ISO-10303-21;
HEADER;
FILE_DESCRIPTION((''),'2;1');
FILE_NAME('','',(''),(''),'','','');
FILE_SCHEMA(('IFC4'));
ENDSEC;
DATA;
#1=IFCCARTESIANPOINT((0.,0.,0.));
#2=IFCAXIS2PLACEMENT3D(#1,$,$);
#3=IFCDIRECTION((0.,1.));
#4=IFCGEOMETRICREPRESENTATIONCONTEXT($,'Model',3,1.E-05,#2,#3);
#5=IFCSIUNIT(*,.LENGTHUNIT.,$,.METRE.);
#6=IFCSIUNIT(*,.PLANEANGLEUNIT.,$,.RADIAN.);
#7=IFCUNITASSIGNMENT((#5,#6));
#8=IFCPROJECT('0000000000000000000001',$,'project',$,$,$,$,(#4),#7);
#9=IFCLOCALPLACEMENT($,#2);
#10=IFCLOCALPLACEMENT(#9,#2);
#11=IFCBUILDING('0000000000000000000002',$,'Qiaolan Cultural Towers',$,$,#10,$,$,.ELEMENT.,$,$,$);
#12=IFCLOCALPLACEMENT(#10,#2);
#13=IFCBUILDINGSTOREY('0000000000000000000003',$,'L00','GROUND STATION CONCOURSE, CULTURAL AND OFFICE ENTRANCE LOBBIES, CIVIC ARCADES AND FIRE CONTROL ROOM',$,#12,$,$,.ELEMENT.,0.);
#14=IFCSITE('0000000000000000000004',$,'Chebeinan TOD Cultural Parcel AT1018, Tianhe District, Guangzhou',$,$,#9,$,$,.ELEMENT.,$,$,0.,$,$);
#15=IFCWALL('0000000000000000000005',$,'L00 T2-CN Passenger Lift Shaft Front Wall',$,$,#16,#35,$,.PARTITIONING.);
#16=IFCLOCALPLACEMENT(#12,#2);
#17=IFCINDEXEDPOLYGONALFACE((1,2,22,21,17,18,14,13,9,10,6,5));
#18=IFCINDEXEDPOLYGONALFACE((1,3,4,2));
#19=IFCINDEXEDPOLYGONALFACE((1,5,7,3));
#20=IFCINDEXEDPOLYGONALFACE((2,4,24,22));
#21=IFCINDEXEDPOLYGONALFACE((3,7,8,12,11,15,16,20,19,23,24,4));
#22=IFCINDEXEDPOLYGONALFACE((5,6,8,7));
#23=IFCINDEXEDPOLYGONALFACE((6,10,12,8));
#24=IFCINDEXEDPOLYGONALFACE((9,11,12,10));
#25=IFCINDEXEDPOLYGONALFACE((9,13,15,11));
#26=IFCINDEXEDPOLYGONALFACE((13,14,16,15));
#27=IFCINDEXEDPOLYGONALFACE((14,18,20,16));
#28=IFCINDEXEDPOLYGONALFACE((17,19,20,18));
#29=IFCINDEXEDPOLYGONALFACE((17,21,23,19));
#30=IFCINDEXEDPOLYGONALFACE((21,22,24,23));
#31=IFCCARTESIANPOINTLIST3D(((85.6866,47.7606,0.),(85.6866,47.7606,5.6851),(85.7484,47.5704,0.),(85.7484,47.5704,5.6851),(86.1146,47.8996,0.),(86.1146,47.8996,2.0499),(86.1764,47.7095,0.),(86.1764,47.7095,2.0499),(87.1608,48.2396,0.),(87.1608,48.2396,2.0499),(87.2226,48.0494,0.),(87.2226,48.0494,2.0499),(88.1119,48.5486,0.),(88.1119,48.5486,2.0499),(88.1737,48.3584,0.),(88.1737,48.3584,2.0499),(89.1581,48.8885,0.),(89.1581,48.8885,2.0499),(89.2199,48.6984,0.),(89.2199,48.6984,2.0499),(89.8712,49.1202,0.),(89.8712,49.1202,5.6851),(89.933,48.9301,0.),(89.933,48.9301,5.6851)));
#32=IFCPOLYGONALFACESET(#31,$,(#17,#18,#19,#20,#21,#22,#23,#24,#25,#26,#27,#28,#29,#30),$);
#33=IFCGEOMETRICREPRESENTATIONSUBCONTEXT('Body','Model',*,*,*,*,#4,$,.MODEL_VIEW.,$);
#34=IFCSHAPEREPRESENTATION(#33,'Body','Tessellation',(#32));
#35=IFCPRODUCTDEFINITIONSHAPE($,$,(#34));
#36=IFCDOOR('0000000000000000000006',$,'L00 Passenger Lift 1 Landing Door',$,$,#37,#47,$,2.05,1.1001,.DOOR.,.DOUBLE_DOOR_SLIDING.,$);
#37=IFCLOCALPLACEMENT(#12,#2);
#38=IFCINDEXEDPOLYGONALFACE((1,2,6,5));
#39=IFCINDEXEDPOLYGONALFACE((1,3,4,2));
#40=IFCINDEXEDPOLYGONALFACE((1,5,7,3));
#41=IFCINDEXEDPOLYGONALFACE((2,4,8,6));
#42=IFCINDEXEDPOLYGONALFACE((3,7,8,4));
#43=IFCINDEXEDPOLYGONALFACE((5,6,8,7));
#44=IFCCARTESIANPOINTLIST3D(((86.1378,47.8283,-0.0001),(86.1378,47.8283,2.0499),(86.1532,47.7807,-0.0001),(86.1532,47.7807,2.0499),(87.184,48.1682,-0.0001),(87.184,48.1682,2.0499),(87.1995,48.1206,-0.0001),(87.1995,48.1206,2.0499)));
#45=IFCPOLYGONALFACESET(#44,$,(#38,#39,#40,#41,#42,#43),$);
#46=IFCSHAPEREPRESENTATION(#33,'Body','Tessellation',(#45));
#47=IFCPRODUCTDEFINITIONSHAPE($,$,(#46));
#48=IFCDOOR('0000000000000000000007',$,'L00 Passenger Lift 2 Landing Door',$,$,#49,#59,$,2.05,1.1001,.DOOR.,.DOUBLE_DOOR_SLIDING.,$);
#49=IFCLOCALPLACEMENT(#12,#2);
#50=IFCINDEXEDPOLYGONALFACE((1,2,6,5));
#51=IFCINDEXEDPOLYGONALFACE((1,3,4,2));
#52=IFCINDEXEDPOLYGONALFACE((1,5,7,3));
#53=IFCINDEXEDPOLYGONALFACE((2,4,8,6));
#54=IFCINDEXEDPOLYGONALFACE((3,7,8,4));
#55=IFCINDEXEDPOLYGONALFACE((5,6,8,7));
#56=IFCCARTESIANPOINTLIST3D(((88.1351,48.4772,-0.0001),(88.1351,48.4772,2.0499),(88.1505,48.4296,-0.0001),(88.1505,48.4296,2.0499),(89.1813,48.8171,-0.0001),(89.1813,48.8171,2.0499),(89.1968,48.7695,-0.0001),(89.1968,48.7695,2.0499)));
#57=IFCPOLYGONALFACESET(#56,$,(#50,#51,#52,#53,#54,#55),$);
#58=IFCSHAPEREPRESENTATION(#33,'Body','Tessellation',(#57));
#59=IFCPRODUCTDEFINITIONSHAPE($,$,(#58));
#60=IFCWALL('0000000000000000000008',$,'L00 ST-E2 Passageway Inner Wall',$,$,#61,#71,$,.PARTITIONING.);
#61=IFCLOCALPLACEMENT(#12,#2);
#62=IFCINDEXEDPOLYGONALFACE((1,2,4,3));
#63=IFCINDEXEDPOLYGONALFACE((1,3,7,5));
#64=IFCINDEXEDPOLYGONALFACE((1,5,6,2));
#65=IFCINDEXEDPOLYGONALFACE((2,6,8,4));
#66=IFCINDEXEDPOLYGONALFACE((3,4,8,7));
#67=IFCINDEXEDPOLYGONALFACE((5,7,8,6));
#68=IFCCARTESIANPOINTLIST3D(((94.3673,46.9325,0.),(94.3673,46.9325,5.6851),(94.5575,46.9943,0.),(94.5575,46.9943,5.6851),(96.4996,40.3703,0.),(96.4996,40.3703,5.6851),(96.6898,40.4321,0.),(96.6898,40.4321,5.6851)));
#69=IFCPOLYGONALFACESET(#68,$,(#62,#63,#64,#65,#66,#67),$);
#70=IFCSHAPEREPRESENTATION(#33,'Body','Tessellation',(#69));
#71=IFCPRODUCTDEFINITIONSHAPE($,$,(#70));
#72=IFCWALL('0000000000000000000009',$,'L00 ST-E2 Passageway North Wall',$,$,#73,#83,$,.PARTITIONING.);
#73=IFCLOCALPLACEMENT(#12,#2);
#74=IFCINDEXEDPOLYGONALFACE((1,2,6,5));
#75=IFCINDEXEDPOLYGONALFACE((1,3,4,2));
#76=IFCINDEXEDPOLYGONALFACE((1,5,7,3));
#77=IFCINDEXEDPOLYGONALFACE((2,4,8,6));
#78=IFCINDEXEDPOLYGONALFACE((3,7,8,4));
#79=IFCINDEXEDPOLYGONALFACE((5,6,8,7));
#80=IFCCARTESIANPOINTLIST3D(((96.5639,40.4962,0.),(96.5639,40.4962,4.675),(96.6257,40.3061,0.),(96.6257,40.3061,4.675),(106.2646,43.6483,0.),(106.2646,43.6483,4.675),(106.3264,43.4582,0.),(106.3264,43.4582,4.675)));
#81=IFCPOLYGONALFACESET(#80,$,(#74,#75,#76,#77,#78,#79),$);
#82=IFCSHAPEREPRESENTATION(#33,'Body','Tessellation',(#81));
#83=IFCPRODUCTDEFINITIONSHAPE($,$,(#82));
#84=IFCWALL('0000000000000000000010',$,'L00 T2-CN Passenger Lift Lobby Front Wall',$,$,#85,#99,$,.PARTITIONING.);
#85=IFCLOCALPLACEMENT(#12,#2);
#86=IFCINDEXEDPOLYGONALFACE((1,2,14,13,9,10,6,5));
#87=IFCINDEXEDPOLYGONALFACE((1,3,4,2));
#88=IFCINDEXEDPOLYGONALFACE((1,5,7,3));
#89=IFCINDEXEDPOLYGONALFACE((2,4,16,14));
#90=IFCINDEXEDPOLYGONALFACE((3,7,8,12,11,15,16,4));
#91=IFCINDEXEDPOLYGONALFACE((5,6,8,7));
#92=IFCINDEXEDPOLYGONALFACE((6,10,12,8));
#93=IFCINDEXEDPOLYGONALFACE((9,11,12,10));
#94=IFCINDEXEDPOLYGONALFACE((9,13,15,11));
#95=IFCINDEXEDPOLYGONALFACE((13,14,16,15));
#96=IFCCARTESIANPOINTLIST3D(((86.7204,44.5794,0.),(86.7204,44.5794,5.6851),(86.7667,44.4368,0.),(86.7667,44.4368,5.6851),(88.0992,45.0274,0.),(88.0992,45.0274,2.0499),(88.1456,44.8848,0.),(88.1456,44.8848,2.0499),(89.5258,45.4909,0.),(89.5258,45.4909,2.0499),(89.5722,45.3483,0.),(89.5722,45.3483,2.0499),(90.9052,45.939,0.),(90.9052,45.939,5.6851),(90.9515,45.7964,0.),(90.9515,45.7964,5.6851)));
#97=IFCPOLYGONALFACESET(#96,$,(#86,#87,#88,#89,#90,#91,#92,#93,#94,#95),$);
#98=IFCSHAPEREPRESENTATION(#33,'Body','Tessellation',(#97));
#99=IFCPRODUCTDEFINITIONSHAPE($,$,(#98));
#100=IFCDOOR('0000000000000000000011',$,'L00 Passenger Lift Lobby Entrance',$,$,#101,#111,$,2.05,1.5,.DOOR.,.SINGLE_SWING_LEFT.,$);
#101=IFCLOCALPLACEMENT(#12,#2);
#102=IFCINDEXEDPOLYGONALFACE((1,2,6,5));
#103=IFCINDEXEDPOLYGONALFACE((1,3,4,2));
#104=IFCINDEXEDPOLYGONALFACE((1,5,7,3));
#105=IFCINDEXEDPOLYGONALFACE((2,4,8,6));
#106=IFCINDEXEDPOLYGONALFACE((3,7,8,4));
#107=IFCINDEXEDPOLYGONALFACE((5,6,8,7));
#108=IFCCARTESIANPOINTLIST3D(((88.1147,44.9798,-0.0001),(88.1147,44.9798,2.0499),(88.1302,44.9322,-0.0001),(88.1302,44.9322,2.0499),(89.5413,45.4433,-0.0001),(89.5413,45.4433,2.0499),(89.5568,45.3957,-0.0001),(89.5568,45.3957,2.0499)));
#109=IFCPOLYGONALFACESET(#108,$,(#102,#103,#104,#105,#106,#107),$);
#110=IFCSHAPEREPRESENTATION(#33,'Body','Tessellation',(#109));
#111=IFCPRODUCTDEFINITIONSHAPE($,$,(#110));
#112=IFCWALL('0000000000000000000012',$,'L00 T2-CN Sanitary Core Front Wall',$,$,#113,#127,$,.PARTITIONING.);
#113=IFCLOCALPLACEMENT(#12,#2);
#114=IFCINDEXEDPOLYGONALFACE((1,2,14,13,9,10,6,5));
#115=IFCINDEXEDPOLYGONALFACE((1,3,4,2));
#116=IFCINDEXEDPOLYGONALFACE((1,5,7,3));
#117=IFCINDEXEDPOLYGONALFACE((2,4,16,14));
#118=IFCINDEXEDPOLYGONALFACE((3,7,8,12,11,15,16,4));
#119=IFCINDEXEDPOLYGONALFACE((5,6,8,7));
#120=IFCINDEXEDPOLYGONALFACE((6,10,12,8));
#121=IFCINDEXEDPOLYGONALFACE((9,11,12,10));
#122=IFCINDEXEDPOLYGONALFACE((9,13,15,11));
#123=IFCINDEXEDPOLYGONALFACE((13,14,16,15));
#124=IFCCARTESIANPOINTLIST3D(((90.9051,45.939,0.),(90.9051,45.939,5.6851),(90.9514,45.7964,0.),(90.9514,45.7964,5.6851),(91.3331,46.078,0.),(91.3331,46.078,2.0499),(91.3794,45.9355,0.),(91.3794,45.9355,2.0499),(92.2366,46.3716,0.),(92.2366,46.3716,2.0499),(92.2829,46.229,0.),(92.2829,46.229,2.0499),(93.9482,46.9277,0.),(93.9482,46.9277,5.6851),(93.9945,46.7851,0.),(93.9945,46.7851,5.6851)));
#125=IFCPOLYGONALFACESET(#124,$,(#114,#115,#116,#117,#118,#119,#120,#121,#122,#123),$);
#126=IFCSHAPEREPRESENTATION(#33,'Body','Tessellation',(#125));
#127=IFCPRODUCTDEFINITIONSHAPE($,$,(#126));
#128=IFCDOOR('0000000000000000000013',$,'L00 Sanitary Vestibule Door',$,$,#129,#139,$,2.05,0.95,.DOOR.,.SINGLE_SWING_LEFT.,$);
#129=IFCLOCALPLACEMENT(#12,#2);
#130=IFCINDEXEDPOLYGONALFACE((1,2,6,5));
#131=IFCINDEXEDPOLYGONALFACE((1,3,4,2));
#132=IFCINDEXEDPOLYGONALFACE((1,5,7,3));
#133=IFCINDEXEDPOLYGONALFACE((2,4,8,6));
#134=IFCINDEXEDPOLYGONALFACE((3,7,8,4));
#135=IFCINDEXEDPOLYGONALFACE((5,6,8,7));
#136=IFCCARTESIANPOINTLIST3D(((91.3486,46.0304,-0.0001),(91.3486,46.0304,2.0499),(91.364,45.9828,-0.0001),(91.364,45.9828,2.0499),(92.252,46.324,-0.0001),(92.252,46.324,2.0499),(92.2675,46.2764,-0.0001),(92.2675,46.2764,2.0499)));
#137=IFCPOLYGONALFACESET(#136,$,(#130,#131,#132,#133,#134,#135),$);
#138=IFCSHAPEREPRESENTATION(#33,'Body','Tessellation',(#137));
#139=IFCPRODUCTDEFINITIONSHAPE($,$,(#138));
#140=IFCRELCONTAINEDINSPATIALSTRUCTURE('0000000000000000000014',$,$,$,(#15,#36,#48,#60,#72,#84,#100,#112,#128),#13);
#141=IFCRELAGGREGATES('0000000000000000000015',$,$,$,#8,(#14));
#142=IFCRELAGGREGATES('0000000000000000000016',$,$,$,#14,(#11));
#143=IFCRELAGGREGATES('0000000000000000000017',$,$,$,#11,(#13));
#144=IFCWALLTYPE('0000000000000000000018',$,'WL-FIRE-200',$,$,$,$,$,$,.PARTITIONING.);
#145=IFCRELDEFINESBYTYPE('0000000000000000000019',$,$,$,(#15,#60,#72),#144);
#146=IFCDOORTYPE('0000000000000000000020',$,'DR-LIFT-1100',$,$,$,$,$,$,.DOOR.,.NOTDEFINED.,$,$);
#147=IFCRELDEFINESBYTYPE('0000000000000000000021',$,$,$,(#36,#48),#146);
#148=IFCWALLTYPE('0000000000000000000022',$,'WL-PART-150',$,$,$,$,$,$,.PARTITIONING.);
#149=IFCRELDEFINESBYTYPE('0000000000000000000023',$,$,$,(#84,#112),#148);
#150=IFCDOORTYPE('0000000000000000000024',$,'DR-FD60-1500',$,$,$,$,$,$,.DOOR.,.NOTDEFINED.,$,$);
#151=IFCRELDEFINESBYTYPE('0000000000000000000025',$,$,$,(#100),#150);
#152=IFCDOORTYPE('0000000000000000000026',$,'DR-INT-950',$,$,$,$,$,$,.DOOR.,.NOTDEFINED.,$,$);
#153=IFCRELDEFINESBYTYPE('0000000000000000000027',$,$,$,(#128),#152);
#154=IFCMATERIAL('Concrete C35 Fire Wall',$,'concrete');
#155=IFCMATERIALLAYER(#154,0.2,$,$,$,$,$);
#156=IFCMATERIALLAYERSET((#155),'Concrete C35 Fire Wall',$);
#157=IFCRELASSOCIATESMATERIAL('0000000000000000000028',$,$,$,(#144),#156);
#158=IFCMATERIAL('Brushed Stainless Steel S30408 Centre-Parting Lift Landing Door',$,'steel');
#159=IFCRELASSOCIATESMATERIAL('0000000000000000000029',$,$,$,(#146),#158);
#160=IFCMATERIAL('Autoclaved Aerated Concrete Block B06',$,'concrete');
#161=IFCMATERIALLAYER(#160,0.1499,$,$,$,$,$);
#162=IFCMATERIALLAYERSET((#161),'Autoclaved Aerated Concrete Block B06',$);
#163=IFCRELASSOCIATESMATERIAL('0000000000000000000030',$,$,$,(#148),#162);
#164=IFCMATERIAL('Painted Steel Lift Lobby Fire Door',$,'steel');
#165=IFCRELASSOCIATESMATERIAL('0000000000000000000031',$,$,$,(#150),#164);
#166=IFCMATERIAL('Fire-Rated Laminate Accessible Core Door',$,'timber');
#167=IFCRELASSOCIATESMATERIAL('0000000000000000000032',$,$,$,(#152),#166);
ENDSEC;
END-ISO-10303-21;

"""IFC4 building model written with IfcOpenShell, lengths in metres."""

from ifc_helpers import new_model, si_unit, direction, frame, frame_2d, origin, place, context, subcontext, project, spatial, rectangle, extrude, material, layer, layer_set, type_object, element, fill, save


model = new_model("IFC4")

# Units and contexts
model_context = context("Model", 3, precision=1e-05, world=origin(), true_north=direction((0.0, 1.0)))
body_context = subcontext(model_context, "Body", "Model", "MODEL_VIEW")
ifc_project = project(units=[si_unit("LENGTHUNIT", "METRE"), si_unit("PLANEANGLEUNIT", "RADIAN")], contexts=[model_context])

# Site, building, storey
site_placement = place(None, origin())
site = spatial("IfcSite", under=ifc_project, at=site_placement, Name="Chebeinan TOD Cultural Parcel AT1018, Tianhe District, Guangzhou", CompositionType="ELEMENT", RefElevation=0.0)
building_placement = place(site_placement, origin())
building = spatial("IfcBuilding", under=site, at=building_placement, Name="Qiaolan Cultural Towers", CompositionType="ELEMENT")
storey_placement = place(building_placement, origin())
storey = spatial("IfcBuildingStorey", under=building, at=storey_placement, Name="L00", Description="GROUND STATION CONCOURSE, CULTURAL AND OFFICE ENTRANCE LOBBIES, CIVIC ARCADES AND FIRE CONTROL ROOM", CompositionType="ELEMENT", Elevation=0.0)

# Shared definitions
ifc_material_1 = material(Name="Concrete C35 Fire Wall", Category="concrete")
ifc_layer_1 = layer(ifc_material_1, 0.2)
ifc_layer_set_1 = layer_set([ifc_layer_1], Name="Concrete C35 Fire Wall")
wall_type_1 = type_object("IfcWallType", Name="WL-FIRE-200", PredefinedType="PARTITIONING", material=ifc_layer_set_1)

# Wall, openings, doors
wall_1_placement = place(storey_placement, frame((85.7175, 47.6655, 0.0), z_axis=(0.0, 0.0, 1.0), x_axis=(0.951059, 0.309011, 0.0)))
wall_1 = element("IfcWall", 1, at=wall_1_placement, inside=storey, type_object=wall_type_1, Name="L00 T2-CN Passenger Lift Shaft Front Wall", PredefinedType="PARTITIONING", context=body_context, shape_type="SweptSolid", body=[
    extrude(rectangle(XDim=4.3999, YDim=0.2, at=frame_2d((2.2, 0.0))), origin(), (0.0, 0.0, 1.0), 5.6851),
])
opening_1_placement = place(wall_1_placement, frame((0.45, 0.0, 0.0)))
opening_1 = element("IfcOpeningElement", 2, at=opening_1_placement, cuts=wall_1, PredefinedType="OPENING", context=body_context, shape_type="SweptSolid", body=[
    extrude(rectangle(XDim=1.1001, YDim=2.05, at=frame_2d((0.55, 1.0249))), frame((0.0, 0.1099, 0.0), z_axis=(0.0, -1.0, 0.0), x_axis=(1.0, 0.0, 0.0)), (0.0, 0.0, 1.0), 0.22),
])
opening_2_placement = place(wall_1_placement, frame((2.55, 0.0, 0.0)))
opening_2 = element("IfcOpeningElement", 3, at=opening_2_placement, cuts=wall_1, PredefinedType="OPENING", context=body_context, shape_type="SweptSolid", body=[
    extrude(rectangle(XDim=1.1001, YDim=2.05, at=frame_2d((0.55, 1.0249))), frame((0.0, 0.1099, 0.0), z_axis=(0.0, -1.0, 0.0), x_axis=(1.0, 0.0, 0.0)), (0.0, 0.0, 1.0), 0.22),
])
ifc_material_2 = material(Name="Brushed Stainless Steel S30408 Centre-Parting Lift Landing Door", Category="steel")
door_type_1 = type_object("IfcDoorType", Name="DR-LIFT-1100", OperationType="NOTDEFINED", PredefinedType="DOOR", material=ifc_material_2)
door_1_placement = place(opening_1_placement, origin())
door_1 = element("IfcDoor", 4, at=door_1_placement, inside=storey, type_object=door_type_1, Name="L00 Passenger Lift 1 Landing Door", OperationType="DOUBLE_DOOR_SLIDING", OverallHeight=2.05, OverallWidth=1.1001, PredefinedType="DOOR", context=body_context, shape_type="SweptSolid", body=[
    extrude(rectangle(XDim=1.1001, YDim=2.05, at=frame_2d((0.55, 1.0249))), frame((0.0, 0.0249, 0.0), z_axis=(0.0, -1.0, 0.0), x_axis=(1.0, 0.0, 0.0)), (0.0, 0.0, 1.0), 0.05),
])
fill(opening_1, door_1)
door_2_placement = place(opening_2_placement, origin())
door_2 = element("IfcDoor", 5, at=door_2_placement, inside=storey, type_object=door_type_1, Name="L00 Passenger Lift 2 Landing Door", OperationType="DOUBLE_DOOR_SLIDING", OverallHeight=2.05, OverallWidth=1.1001, PredefinedType="DOOR", context=body_context, shape_type="SweptSolid", body=[
    extrude(rectangle(XDim=1.1001, YDim=2.05, at=frame_2d((0.55, 1.0249))), frame((0.0, 0.0249, 0.0), z_axis=(0.0, -1.0, 0.0), x_axis=(1.0, 0.0, 0.0)), (0.0, 0.0, 1.0), 0.05),
])
fill(opening_2, door_2)

# Walls
wall_2_placement = place(storey_placement, frame((94.4624, 46.9634, 0.0), z_axis=(0.0, 0.0, 1.0), x_axis=(0.309032, -0.951051, 0.0)))
element("IfcWall", 6, at=wall_2_placement, inside=storey, type_object=wall_type_1, Name="L00 ST-E2 Passageway Inner Wall", PredefinedType="PARTITIONING", context=body_context, shape_type="SweptSolid", body=[
    extrude(rectangle(XDim=6.8999, YDim=0.2, at=frame_2d((3.45, 0.0))), origin(), (0.0, 0.0, 1.0), 5.6851),
])
wall_3_placement = place(storey_placement, frame((96.5947, 40.4011, 0.0), z_axis=(0.0, 0.0, 1.0), x_axis=(0.951052, 0.309031, 0.0)))
element("IfcWall", 7, at=wall_3_placement, inside=storey, type_object=wall_type_1, Name="L00 ST-E2 Passageway North Wall", PredefinedType="PARTITIONING", context=body_context, shape_type="SweptSolid", body=[
    extrude(rectangle(XDim=10.2, YDim=0.2, at=frame_2d((5.1001, 0.0))), origin(), (0.0, 0.0, 1.0), 4.675),
])

# Walls, openings, doors
ifc_material_3 = material(Name="Autoclaved Aerated Concrete Block B06", Category="concrete")
ifc_layer_2 = layer(ifc_material_3, 0.1499)
ifc_layer_set_2 = layer_set([ifc_layer_2], Name="Autoclaved Aerated Concrete Block B06")
wall_type_2 = type_object("IfcWallType", Name="WL-PART-150", PredefinedType="PARTITIONING", material=ifc_layer_set_2)
wall_4_placement = place(storey_placement, frame((86.7434, 44.5081, 0.0), z_axis=(0.0, 0.0, 1.0), x_axis=(0.951064, 0.308994, 0.0)))
wall_4 = element("IfcWall", 8, at=wall_4_placement, inside=storey, type_object=wall_type_2, Name="L00 T2-CN Passenger Lift Lobby Front Wall", PredefinedType="PARTITIONING", context=body_context, shape_type="SweptSolid", body=[
    extrude(rectangle(XDim=4.4001, YDim=0.1499, at=frame_2d((2.2002, 0.0))), origin(), (0.0, 0.0, 1.0), 5.6851),
])
opening_3_placement = place(wall_4_placement, frame((1.45, 0.0, 0.0)))
opening_3 = element("IfcOpeningElement", 9, at=opening_3_placement, cuts=wall_4, PredefinedType="OPENING", context=body_context, shape_type="SweptSolid", body=[
    extrude(rectangle(XDim=1.5, YDim=2.05, at=frame_2d((0.75, 1.0249))), frame((0.0, 0.085, 0.0), z_axis=(0.0, -1.0, 0.0), x_axis=(1.0, 0.0, 0.0)), (0.0, 0.0, 1.0), 0.1699),
])
ifc_material_4 = material(Name="Painted Steel Lift Lobby Fire Door", Category="steel")
door_type_2 = type_object("IfcDoorType", Name="DR-FD60-1500", OperationType="NOTDEFINED", PredefinedType="DOOR", material=ifc_material_4)
door_3_placement = place(opening_3_placement, origin())
door_3 = element("IfcDoor", 10, at=door_3_placement, inside=storey, type_object=door_type_2, Name="L00 Passenger Lift Lobby Entrance", OperationType="SINGLE_SWING_LEFT", OverallHeight=2.05, OverallWidth=1.5, PredefinedType="DOOR", context=body_context, shape_type="SweptSolid", body=[
    extrude(rectangle(XDim=1.5, YDim=2.05, at=frame_2d((0.75, 1.0249))), frame((0.0, 0.0249, 0.0), z_axis=(0.0, -1.0, 0.0), x_axis=(1.0, 0.0, 0.0)), (0.0, 0.0, 1.0), 0.05),
])
fill(opening_3, door_3)
wall_5_placement = place(storey_placement, frame((90.9282, 45.8677, 0.0), z_axis=(0.0, 0.0, 1.0), x_axis=(0.951059, 0.309008, 0.0)))
wall_5 = element("IfcWall", 11, at=wall_5_placement, inside=storey, type_object=wall_type_2, Name="L00 T2-CN Sanitary Core Front Wall", PredefinedType="PARTITIONING", context=body_context, shape_type="SweptSolid", body=[
    extrude(rectangle(XDim=3.1997, YDim=0.1499, at=frame_2d((1.5999, 0.0))), origin(), (0.0, 0.0, 1.0), 5.6851),
])
opening_4_placement = place(wall_5_placement, frame((0.45, 0.0, 0.0)))
opening_4 = element("IfcOpeningElement", 12, at=opening_4_placement, cuts=wall_5, PredefinedType="OPENING", context=body_context, shape_type="SweptSolid", body=[
    extrude(rectangle(XDim=0.95, YDim=2.05, at=frame_2d((0.4751, 1.0249))), frame((0.0, 0.085, 0.0), z_axis=(0.0, -1.0, 0.0), x_axis=(1.0, 0.0, 0.0)), (0.0, 0.0, 1.0), 0.1699),
])
ifc_material_5 = material(Name="Fire-Rated Laminate Accessible Core Door", Category="timber")
door_type_3 = type_object("IfcDoorType", Name="DR-INT-950", OperationType="NOTDEFINED", PredefinedType="DOOR", material=ifc_material_5)
door_4_placement = place(opening_4_placement, origin())
door_4 = element("IfcDoor", 13, at=door_4_placement, inside=storey, type_object=door_type_3, Name="L00 Sanitary Vestibule Door", OperationType="SINGLE_SWING_LEFT", OverallHeight=2.05, OverallWidth=0.95, PredefinedType="DOOR", context=body_context, shape_type="SweptSolid", body=[
    extrude(rectangle(XDim=0.95, YDim=2.05, at=frame_2d((0.4751, 1.0249))), frame((0.0, 0.0249, 0.0), z_axis=(0.0, -1.0, 0.0), x_axis=(1.0, 0.0, 0.0)), (0.0, 0.0, 1.0), 0.05),
])
fill(opening_4, door_4)

save(model, "model.ifc")
